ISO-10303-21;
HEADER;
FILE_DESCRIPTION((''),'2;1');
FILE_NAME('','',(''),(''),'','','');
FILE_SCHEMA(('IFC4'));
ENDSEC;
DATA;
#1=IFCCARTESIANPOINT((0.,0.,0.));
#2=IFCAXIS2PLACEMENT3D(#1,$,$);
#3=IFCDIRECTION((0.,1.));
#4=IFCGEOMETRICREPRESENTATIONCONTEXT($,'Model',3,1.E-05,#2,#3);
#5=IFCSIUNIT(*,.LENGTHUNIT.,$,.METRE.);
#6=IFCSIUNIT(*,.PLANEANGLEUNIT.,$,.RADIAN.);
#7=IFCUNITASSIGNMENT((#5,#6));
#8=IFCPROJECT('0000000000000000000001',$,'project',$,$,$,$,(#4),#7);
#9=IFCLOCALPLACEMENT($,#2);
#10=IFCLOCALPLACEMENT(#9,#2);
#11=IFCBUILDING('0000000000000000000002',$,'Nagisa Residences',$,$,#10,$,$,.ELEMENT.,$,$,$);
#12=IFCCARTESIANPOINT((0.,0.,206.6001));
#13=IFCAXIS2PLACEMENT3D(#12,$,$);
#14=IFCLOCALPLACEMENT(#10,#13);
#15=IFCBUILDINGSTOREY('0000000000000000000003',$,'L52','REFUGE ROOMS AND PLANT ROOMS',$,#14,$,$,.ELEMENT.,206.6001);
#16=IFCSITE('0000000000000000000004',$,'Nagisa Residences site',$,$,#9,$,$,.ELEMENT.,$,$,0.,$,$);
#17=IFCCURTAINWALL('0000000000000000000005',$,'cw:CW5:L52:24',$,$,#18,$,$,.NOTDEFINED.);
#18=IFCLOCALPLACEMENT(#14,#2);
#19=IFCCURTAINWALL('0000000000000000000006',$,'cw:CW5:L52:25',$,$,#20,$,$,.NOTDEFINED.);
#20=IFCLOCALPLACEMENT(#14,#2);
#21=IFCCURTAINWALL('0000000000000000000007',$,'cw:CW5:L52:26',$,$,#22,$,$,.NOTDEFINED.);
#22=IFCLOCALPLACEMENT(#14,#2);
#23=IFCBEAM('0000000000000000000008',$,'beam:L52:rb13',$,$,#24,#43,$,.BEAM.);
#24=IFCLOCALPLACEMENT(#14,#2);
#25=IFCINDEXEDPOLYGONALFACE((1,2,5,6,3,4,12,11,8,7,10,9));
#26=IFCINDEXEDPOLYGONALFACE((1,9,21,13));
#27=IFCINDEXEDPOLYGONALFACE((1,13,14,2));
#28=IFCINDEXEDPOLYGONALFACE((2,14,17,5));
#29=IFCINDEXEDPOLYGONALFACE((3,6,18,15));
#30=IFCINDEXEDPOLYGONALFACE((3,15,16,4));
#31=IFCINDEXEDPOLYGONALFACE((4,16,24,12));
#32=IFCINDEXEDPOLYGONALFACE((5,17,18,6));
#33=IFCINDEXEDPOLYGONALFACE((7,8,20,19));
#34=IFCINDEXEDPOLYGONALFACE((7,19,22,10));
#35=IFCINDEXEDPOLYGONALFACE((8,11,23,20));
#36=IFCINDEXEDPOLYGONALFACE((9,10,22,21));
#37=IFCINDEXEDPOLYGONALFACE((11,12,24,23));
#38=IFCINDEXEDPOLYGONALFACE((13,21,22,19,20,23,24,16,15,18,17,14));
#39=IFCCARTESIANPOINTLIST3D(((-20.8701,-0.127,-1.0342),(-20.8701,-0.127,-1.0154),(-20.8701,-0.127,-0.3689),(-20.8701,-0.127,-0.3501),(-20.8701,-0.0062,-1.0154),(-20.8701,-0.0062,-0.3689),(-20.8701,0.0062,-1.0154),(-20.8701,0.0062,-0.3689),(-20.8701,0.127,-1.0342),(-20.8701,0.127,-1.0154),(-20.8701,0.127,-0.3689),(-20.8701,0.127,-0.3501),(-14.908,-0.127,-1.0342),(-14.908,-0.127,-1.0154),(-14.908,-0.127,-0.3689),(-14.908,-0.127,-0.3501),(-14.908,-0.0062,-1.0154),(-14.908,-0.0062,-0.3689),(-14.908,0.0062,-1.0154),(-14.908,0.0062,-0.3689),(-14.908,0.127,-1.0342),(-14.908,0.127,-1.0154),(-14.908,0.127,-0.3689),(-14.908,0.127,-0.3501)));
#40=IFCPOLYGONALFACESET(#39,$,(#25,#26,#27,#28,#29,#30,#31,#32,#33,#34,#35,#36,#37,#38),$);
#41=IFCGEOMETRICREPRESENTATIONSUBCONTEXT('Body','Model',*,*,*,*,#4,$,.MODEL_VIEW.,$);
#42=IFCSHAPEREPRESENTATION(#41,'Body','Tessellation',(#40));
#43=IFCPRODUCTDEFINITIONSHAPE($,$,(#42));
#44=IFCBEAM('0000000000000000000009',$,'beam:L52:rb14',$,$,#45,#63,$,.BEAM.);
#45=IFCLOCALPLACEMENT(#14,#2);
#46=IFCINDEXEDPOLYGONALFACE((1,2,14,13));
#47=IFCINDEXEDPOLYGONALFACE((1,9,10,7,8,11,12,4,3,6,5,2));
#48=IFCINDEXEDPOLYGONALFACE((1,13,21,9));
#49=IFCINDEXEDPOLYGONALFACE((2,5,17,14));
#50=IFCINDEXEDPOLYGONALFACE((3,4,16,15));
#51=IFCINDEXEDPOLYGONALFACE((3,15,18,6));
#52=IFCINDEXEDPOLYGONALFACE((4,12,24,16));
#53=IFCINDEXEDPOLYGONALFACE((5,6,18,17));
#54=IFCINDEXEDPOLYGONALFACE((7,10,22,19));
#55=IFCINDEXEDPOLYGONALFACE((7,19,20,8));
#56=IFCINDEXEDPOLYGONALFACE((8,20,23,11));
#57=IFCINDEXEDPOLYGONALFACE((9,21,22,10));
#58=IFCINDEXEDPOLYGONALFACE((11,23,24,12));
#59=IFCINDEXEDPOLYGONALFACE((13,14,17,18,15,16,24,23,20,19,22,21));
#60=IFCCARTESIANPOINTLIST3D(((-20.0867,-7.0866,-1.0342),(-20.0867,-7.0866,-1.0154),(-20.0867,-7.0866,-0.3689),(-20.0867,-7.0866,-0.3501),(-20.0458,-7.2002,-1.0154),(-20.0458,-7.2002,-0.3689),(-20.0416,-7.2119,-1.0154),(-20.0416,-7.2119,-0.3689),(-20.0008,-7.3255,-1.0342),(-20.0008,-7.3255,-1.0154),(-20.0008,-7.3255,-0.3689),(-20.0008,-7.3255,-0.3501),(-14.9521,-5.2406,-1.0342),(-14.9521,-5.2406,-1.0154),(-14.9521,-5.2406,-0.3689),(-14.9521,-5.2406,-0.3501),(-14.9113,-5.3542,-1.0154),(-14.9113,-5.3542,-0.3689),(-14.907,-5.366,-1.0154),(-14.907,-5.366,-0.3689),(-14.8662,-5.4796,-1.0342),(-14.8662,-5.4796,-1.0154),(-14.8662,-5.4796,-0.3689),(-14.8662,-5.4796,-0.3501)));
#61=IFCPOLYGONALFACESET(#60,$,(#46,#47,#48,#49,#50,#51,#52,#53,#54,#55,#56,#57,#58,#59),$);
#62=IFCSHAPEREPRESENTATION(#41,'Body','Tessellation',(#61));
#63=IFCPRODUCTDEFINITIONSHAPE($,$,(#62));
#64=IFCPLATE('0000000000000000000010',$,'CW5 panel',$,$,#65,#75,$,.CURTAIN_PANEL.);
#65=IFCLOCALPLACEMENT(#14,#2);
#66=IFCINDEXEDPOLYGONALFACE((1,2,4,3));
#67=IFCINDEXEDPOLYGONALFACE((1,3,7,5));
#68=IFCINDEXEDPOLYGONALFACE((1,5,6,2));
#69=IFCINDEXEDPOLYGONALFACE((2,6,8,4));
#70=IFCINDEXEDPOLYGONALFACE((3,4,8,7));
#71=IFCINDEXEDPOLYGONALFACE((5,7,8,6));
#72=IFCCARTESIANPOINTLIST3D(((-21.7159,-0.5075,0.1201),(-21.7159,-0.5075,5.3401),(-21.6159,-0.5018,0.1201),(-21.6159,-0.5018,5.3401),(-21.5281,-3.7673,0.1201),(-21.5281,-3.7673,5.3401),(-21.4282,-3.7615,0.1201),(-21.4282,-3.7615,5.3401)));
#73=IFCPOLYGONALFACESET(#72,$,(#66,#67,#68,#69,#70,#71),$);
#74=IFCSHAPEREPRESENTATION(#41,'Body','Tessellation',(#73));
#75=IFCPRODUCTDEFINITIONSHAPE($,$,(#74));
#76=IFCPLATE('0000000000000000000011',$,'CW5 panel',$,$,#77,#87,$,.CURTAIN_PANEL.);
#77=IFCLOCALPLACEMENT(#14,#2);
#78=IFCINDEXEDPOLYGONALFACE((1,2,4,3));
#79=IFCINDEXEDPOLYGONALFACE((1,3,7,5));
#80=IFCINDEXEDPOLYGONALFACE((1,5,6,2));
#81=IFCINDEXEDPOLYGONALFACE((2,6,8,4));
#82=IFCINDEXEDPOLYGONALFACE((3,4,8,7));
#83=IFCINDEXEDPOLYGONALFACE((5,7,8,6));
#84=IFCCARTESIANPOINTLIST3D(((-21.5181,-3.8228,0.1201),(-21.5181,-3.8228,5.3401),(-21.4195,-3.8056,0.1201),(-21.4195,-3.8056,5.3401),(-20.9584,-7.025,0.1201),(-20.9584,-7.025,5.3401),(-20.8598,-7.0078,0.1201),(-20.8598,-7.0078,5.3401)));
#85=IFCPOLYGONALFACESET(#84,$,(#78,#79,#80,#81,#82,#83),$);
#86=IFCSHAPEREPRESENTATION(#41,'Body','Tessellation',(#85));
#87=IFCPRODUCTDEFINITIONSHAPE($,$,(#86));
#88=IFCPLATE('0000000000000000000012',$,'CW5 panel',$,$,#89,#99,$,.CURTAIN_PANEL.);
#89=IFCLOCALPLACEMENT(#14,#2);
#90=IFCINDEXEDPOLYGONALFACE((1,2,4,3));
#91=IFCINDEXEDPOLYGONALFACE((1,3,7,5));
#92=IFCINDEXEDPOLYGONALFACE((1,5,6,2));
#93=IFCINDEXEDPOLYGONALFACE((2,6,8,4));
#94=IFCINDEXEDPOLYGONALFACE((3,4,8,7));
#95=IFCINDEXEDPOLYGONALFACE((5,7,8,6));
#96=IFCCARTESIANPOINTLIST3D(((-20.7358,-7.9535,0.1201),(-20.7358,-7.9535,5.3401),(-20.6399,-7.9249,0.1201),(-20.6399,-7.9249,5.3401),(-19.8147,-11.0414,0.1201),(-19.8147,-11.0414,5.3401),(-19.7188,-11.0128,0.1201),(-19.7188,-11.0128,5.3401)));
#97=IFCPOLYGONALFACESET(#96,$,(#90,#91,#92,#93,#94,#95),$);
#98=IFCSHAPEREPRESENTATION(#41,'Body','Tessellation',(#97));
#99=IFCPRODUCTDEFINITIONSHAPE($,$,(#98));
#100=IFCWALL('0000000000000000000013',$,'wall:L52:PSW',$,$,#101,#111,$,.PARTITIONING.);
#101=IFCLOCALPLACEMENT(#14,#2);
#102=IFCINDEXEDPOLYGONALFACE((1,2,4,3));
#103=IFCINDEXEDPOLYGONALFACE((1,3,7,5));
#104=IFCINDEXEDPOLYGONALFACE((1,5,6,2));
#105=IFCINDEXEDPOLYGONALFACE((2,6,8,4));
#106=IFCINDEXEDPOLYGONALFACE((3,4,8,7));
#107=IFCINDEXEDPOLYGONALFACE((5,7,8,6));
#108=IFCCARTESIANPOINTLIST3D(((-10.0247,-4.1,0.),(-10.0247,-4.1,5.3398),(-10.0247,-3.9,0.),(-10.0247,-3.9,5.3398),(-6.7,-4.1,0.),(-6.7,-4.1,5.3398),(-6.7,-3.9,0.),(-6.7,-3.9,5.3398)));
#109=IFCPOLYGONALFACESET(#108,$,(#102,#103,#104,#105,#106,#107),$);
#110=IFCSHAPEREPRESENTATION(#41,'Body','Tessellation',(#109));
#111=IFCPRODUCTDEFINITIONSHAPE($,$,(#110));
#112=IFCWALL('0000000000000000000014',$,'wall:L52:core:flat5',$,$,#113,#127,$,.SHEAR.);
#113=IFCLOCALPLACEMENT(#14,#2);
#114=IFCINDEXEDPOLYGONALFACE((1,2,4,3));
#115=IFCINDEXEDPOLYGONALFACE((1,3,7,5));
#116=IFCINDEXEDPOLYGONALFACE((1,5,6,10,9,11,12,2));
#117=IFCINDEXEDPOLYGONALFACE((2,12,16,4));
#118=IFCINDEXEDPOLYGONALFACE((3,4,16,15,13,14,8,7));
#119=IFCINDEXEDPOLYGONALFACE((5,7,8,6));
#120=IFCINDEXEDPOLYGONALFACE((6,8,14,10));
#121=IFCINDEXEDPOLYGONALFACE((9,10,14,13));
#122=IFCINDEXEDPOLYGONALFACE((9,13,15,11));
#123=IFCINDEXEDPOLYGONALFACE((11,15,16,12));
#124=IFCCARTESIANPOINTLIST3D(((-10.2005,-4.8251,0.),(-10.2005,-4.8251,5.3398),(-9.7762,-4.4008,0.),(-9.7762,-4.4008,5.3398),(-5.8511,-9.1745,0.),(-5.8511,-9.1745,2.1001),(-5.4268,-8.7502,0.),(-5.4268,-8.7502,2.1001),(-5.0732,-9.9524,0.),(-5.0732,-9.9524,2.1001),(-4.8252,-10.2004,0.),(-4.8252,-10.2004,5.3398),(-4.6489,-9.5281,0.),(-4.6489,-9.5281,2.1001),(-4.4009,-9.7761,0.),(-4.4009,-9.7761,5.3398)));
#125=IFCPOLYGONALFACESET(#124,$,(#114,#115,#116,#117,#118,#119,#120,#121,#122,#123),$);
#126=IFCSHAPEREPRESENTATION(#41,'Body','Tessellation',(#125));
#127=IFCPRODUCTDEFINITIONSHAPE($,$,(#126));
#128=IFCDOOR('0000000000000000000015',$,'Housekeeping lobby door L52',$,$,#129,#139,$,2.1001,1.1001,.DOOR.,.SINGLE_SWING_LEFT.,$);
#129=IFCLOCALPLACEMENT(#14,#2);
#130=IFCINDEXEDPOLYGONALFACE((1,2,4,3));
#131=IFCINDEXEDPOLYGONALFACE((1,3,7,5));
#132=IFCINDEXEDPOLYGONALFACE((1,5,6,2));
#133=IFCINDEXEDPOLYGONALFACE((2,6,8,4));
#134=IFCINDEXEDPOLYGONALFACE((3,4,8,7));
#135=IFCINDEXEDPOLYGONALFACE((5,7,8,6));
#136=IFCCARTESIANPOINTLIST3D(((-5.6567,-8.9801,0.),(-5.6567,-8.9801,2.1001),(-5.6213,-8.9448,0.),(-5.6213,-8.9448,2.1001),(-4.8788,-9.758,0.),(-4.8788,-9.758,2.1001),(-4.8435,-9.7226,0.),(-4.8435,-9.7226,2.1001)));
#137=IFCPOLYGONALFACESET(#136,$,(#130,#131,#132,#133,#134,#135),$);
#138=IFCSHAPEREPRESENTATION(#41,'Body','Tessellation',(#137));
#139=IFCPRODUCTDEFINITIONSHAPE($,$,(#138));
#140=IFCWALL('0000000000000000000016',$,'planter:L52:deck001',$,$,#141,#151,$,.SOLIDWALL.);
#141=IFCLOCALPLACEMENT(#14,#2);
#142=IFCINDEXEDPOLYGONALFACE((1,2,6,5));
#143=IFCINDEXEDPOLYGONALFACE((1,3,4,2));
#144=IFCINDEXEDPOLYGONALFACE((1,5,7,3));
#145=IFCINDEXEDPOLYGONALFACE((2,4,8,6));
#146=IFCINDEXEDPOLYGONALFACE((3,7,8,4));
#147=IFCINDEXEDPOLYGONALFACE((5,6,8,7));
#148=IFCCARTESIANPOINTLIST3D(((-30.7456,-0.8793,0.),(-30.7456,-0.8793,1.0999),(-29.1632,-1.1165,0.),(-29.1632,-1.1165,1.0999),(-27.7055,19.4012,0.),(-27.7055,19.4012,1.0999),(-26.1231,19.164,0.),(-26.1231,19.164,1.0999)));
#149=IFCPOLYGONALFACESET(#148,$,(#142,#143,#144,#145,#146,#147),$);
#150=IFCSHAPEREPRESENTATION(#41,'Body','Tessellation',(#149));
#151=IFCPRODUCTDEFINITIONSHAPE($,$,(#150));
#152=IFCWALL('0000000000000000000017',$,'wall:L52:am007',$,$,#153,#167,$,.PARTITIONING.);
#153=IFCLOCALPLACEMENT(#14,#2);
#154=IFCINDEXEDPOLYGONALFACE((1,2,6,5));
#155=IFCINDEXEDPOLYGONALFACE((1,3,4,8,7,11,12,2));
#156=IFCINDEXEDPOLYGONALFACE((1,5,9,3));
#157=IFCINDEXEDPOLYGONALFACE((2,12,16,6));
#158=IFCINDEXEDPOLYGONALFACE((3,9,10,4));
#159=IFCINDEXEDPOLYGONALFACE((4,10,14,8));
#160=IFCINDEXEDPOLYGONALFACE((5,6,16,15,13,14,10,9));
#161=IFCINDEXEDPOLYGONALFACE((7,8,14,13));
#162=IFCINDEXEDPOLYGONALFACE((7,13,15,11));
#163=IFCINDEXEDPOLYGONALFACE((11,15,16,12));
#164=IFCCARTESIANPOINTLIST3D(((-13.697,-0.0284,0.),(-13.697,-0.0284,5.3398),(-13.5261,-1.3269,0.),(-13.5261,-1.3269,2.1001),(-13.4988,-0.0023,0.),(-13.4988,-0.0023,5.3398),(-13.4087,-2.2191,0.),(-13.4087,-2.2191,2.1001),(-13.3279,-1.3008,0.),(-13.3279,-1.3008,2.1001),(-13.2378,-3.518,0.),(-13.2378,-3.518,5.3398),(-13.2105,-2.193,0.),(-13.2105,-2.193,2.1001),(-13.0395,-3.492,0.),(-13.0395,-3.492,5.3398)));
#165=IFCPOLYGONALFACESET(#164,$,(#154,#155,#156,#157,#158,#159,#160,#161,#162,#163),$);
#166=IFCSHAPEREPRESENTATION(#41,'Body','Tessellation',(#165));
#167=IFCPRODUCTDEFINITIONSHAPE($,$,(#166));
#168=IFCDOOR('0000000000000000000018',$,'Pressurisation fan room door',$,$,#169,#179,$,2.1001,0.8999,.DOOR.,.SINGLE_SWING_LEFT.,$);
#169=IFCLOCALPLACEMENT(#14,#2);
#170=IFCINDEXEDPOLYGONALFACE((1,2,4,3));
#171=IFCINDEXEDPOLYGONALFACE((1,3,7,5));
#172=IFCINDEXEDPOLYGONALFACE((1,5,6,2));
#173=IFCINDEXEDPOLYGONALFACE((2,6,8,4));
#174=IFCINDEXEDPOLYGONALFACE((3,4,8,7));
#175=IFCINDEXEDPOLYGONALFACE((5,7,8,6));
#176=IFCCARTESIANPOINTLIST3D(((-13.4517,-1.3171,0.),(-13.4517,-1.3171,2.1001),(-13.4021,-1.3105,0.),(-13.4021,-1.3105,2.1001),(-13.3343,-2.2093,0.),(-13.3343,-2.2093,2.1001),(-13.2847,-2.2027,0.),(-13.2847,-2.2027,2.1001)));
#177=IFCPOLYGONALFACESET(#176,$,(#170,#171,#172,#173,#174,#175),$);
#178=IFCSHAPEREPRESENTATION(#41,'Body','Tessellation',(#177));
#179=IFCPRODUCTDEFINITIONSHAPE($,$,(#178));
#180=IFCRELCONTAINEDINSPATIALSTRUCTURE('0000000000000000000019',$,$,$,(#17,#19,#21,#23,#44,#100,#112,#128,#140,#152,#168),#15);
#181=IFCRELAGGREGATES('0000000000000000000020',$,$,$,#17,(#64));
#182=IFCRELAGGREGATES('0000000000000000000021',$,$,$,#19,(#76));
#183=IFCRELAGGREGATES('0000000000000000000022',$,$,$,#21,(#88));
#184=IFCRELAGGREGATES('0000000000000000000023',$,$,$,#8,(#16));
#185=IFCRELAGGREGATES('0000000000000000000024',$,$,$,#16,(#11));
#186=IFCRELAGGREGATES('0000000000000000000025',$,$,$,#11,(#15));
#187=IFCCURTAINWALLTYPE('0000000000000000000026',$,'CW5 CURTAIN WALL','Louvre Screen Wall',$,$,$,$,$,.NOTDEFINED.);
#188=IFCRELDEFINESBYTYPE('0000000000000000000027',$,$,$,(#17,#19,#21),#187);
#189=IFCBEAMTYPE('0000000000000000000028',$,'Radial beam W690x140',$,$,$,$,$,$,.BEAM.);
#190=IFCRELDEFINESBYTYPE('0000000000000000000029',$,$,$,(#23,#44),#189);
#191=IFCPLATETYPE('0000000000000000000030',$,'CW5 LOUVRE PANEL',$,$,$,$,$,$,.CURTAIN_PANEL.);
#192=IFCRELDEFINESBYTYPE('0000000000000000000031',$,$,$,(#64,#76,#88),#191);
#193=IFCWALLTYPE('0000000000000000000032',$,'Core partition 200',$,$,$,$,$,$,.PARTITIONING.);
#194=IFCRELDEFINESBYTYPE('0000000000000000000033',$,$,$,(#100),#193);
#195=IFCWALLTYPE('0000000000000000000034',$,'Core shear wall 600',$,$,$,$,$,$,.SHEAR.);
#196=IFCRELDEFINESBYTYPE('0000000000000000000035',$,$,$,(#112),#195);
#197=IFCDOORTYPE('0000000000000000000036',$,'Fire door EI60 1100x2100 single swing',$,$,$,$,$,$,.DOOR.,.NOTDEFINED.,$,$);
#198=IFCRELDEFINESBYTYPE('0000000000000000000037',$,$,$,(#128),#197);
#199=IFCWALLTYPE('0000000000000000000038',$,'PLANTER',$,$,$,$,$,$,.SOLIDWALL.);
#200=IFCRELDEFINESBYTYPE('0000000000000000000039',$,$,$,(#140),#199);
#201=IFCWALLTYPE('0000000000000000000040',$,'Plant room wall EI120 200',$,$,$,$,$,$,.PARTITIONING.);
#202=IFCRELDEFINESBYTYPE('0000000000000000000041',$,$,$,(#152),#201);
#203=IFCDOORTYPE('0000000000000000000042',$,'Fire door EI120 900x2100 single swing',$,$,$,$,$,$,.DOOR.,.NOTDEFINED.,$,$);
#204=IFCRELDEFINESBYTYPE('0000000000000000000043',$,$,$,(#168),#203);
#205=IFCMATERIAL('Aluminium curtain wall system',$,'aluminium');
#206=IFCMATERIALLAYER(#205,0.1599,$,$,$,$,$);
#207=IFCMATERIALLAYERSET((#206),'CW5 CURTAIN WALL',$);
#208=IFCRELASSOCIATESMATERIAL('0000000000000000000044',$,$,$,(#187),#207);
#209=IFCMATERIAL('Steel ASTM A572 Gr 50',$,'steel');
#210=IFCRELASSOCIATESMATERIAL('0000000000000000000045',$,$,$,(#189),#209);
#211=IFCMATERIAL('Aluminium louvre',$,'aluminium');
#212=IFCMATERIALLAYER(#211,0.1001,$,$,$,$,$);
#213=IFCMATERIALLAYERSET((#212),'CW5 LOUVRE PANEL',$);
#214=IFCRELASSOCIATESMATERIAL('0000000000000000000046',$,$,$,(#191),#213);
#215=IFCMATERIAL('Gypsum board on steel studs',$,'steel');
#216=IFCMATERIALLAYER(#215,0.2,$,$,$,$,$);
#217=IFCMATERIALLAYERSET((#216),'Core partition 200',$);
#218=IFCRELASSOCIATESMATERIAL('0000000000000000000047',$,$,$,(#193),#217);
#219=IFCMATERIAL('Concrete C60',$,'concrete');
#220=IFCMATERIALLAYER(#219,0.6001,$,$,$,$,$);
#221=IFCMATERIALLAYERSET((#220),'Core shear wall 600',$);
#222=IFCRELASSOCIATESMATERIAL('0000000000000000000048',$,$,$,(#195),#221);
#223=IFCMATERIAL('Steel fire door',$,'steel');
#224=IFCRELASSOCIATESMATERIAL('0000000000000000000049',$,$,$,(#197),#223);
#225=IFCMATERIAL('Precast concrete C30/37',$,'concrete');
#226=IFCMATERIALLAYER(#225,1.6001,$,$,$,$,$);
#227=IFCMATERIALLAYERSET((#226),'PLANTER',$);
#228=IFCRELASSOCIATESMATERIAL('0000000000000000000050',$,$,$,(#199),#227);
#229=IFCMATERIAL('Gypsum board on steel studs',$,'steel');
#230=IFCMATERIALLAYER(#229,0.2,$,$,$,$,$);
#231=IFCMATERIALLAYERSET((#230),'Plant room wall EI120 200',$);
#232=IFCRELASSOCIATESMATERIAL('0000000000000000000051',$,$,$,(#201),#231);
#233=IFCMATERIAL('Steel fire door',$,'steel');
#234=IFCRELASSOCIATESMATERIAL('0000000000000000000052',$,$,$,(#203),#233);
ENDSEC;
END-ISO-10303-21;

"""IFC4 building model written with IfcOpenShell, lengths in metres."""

from ifc_helpers import new_model, si_unit, direction, frame, frame_2d, origin, origin_2d, place, context, subcontext, project, spatial, rectangle, i_section, extrude, material, layer, layer_set, material_profile, profile_set, type_object, element, fill, aggregate, save


model = new_model("IFC4")

# Units and contexts
model_context = context("Model", 3, precision=1e-05, world=origin(), true_north=direction((0.0, 1.0)))
body_context = subcontext(model_context, "Body", "Model", "MODEL_VIEW")
ifc_project = project(units=[si_unit("LENGTHUNIT", "METRE"), si_unit("PLANEANGLEUNIT", "RADIAN")], contexts=[model_context])

# Site, building, storey
site_placement = place(None, origin())
site = spatial("IfcSite", under=ifc_project, at=site_placement, Name="Nagisa Residences site", CompositionType="ELEMENT", RefElevation=0.0)
building_placement = place(site_placement, origin())
building = spatial("IfcBuilding", under=site, at=building_placement, Name="Nagisa Residences", CompositionType="ELEMENT")
storey_placement = place(building_placement, frame((0.0, 0.0, 206.6001)))
storey = spatial("IfcBuildingStorey", under=building, at=storey_placement, Name="L52", Description="REFUGE ROOMS AND PLANT ROOMS", CompositionType="ELEMENT", Elevation=206.6001)

# Curtain walls
ifc_material_1 = material(Name="Aluminium curtain wall system", Category="aluminium")
ifc_layer_1 = layer(ifc_material_1, 0.1599)
ifc_layer_set_1 = layer_set([ifc_layer_1], Name="CW5 CURTAIN WALL")
curtain_wall_type = type_object("IfcCurtainWallType", Name="CW5 CURTAIN WALL", Description="Louvre Screen Wall", PredefinedType="NOTDEFINED", material=ifc_layer_set_1)
curtain_wall_1_placement = place(storey_placement, origin())
curtain_wall_1 = element("IfcCurtainWall", 1, at=curtain_wall_1_placement, inside=storey, type_object=curtain_wall_type, Name="cw:CW5:L52:24", PredefinedType="NOTDEFINED")
curtain_wall_2_placement = place(storey_placement, origin())
curtain_wall_2 = element("IfcCurtainWall", 2, at=curtain_wall_2_placement, inside=storey, type_object=curtain_wall_type, Name="cw:CW5:L52:25", PredefinedType="NOTDEFINED")
curtain_wall_3_placement = place(storey_placement, origin())
curtain_wall_3 = element("IfcCurtainWall", 3, at=curtain_wall_3_placement, inside=storey, type_object=curtain_wall_type, Name="cw:CW5:L52:26", PredefinedType="NOTDEFINED")

# Beams
ifc_material_2 = material(Name="Steel ASTM A572 Gr 50", Category="steel")
ifc_material_profile_1 = material_profile(ifc_material_2, i_section(OverallWidth=0.2539, OverallDepth=0.6841, WebThickness=0.0125, FlangeThickness=0.0188, at=origin_2d()), Name="W690x140")
ifc_profile_set_1 = profile_set([ifc_material_profile_1], Name="Steel ASTM A572 Gr 50")
beam_type_1 = type_object("IfcBeamType", Name="Radial beam W690x140", PredefinedType="BEAM", material=ifc_profile_set_1)
beam_1_placement = place(storey_placement, frame((-20.8701, 0.0, -0.6921), z_axis=(1.0, 0.0, 0.0), x_axis=(0.0, 1.0, 0.0)))
element("IfcBeam", 4, at=beam_1_placement, inside=storey, type_object=beam_type_1, Name="beam:L52:rb13", PredefinedType="BEAM", context=body_context, shape_type="SweptSolid", body=[
    extrude(i_section(OverallWidth=0.2539, OverallDepth=0.6841, WebThickness=0.0125, FlangeThickness=0.0188, at=origin_2d()), origin(), (0.0, 0.0, 1.0), 5.9622),
])
beam_2_placement = place(storey_placement, frame((-20.0437, -7.2061, -0.6921), z_axis=(0.941032, 0.338317, 0.0), x_axis=(-0.338317, 0.941032, 0.0)))
element("IfcBeam", 5, at=beam_2_placement, inside=storey, type_object=beam_type_1, Name="beam:L52:rb14", PredefinedType="BEAM", context=body_context, shape_type="SweptSolid", body=[
    extrude(i_section(OverallWidth=0.2539, OverallDepth=0.6841, WebThickness=0.0125, FlangeThickness=0.0188, at=origin_2d()), origin(), (0.0, 0.0, 1.0), 5.4563),
])

# Plates
ifc_material_3 = material(Name="Aluminium louvre", Category="aluminium")
ifc_layer_2 = layer(ifc_material_3, 0.1001)
ifc_layer_set_2 = layer_set([ifc_layer_2], Name="CW5 LOUVRE PANEL")
plate_type = type_object("IfcPlateType", Name="CW5 LOUVRE PANEL", PredefinedType="CURTAIN_PANEL", material=ifc_layer_set_2)
plate_1_placement = place(storey_placement, frame((-21.572, -2.1345, 0.1201), z_axis=(0.0, 0.0, 1.0), x_axis=(0.057503, -0.998345, 0.0)))
plate_1 = element("IfcPlate", 6, at=plate_1_placement, type_object=plate_type, Name="CW5 panel", PredefinedType="CURTAIN_PANEL", context=body_context, shape_type="SweptSolid", body=[
    extrude(rectangle(XDim=3.2651, YDim=0.1001, at=origin_2d()), origin(), (0.0, 0.0, 1.0), 5.22),
])
aggregate(curtain_wall_1, [plate_1])
plate_2_placement = place(storey_placement, frame((-21.189, -5.4153, 0.1201), z_axis=(0.0, 0.0, 1.0), x_axis=(0.172191, -0.985064, 0.0)))
plate_2 = element("IfcPlate", 7, at=plate_2_placement, type_object=plate_type, Name="CW5 panel", PredefinedType="CURTAIN_PANEL", context=body_context, shape_type="SweptSolid", body=[
    extrude(rectangle(XDim=3.2507, YDim=0.1001, at=origin_2d()), origin(), (0.0, 0.0, 1.0), 5.22),
])
aggregate(curtain_wall_2, [plate_2])
plate_3_placement = place(storey_placement, frame((-20.2273, -9.4832, 0.1201), z_axis=(0.0, 0.0, 1.0), x_axis=(0.28586, -0.958271, 0.0)))
plate_3 = element("IfcPlate", 8, at=plate_3_placement, type_object=plate_type, Name="CW5 panel", PredefinedType="CURTAIN_PANEL", context=body_context, shape_type="SweptSolid", body=[
    extrude(rectangle(XDim=3.2224, YDim=0.1001, at=origin_2d()), origin(), (0.0, 0.0, 1.0), 5.22),
])
aggregate(curtain_wall_3, [plate_3])

# Wall
ifc_material_4 = material(Name="Gypsum board on steel studs", Category="steel")
ifc_layer_3 = layer(ifc_material_4, 0.2)
ifc_layer_set_3 = layer_set([ifc_layer_3], Name="Core partition 200")
wall_type_1 = type_object("IfcWallType", Name="Core partition 200", PredefinedType="PARTITIONING", material=ifc_layer_set_3)
wall_1_placement = place(storey_placement, frame((-10.0247, -4.0, 0.0), z_axis=(0.0, 0.0, 1.0), x_axis=(1.0, 0.0, 0.0)))
element("IfcWall", 9, at=wall_1_placement, inside=storey, type_object=wall_type_1, Name="wall:L52:PSW", PredefinedType="PARTITIONING", context=body_context, shape_type="SweptSolid", body=[
    extrude(rectangle(XDim=3.3247, YDim=0.2, at=frame_2d((1.6624, 0.0))), origin(), (0.0, 0.0, 1.0), 5.3398),
])

# Wall, opening, door
ifc_material_5 = material(Name="Concrete C60", Category="concrete")
ifc_layer_4 = layer(ifc_material_5, 0.6001)
ifc_layer_set_4 = layer_set([ifc_layer_4], Name="Core shear wall 600")
wall_type_2 = type_object("IfcWallType", Name="Core shear wall 600", PredefinedType="SHEAR", material=ifc_layer_set_4)
wall_2_placement = place(storey_placement, frame((-9.9883, -4.613, 0.0), z_axis=(0.0, 0.0, 1.0), x_axis=(0.707107, -0.707107, 0.0)))
wall_2 = element("IfcWall", 10, at=wall_2_placement, inside=storey, type_object=wall_type_2, Name="wall:L52:core:flat5", PredefinedType="SHEAR", context=body_context, shape_type="SweptSolid", body=[
    extrude(rectangle(XDim=7.6018, YDim=0.6001, at=frame_2d((3.8008, 0.0))), origin(), (0.0, 0.0, 1.0), 5.3398),
])
opening_1_placement = place(wall_2_placement, frame((6.1509, 0.0, 0.0)))
opening_1 = element("IfcOpeningElement", 11, at=opening_1_placement, cuts=wall_2, PredefinedType="OPENING", context=body_context, shape_type="SweptSolid", body=[
    extrude(rectangle(XDim=1.1001, YDim=2.1001, at=frame_2d((0.55, 1.05))), frame((0.0, 0.3101, 0.0), z_axis=(0.0, -1.0, 0.0), x_axis=(1.0, 0.0, 0.0)), (0.0, 0.0, 1.0), 0.6201),
])
ifc_material_6 = material(Name="Steel fire door", Category="steel")
door_type_1 = type_object("IfcDoorType", Name="Fire door EI60 1100x2100 single swing", OperationType="NOTDEFINED", PredefinedType="DOOR", material=ifc_material_6)
door_1_placement = place(opening_1_placement, origin())
door_1 = element("IfcDoor", 12, at=door_1_placement, inside=storey, type_object=door_type_1, Name="Housekeeping lobby door L52", OperationType="SINGLE_SWING_LEFT", OverallHeight=2.1001, OverallWidth=1.1001, PredefinedType="DOOR", context=body_context, shape_type="SweptSolid", body=[
    extrude(rectangle(XDim=1.1001, YDim=2.1001, at=frame_2d((0.55, 1.05))), frame((0.0, 0.0249, 0.0), z_axis=(0.0, -1.0, 0.0), x_axis=(1.0, 0.0, 0.0)), (0.0, 0.0, 1.0), 0.05),
])
fill(opening_1, door_1)

# Wall
ifc_material_7 = material(Name="Precast concrete C30/37", Category="concrete")
ifc_layer_5 = layer(ifc_material_7, 1.6001)
ifc_layer_set_5 = layer_set([ifc_layer_5], Name="PLANTER")
wall_type_3 = type_object("IfcWallType", Name="PLANTER", PredefinedType="SOLIDWALL", material=ifc_layer_set_5)
wall_3_placement = place(storey_placement, frame((-29.9543, -0.9978, 0.0), z_axis=(0.0, 0.0, 1.0), x_axis=(0.148243, 0.988951, 0.0)))
element("IfcWall", 13, at=wall_3_placement, inside=storey, type_object=wall_type_3, Name="planter:L52:deck001", PredefinedType="SOLIDWALL", context=body_context, shape_type="SweptSolid", body=[
    extrude(rectangle(XDim=20.5071, YDim=1.6001, at=frame_2d((10.2534, 0.0))), origin(), (0.0, 0.0, 1.0), 1.0999),
])

# Wall, opening, door
ifc_material_8 = material(Name="Gypsum board on steel studs", Category="steel")
ifc_layer_6 = layer(ifc_material_8, 0.2)
ifc_layer_set_6 = layer_set([ifc_layer_6], Name="Plant room wall EI120 200")
wall_type_4 = type_object("IfcWallType", Name="Plant room wall EI120 200", PredefinedType="PARTITIONING", material=ifc_layer_set_6)
wall_4_placement = place(storey_placement, frame((-13.1387, -3.5049, 0.0), z_axis=(0.0, 0.0, 1.0), x_axis=(-0.130469, 0.991452, 0.0)))
wall_4 = element("IfcWall", 14, at=wall_4_placement, inside=storey, type_object=wall_type_4, Name="wall:L52:am007", PredefinedType="PARTITIONING", context=body_context, shape_type="SweptSolid", body=[
    extrude(rectangle(XDim=3.5198, YDim=0.2, at=frame_2d((1.7598, 0.0))), origin(), (0.0, 0.0, 1.0), 5.3398),
])
opening_2_placement = place(wall_4_placement, frame((1.3101, 0.0, 0.0)))
opening_2 = element("IfcOpeningElement", 15, at=opening_2_placement, cuts=wall_4, PredefinedType="OPENING", context=body_context, shape_type="SweptSolid", body=[
    extrude(rectangle(XDim=0.8999, YDim=2.1001, at=frame_2d((0.45, 1.05))), frame((0.0, 0.1099, 0.0), z_axis=(0.0, -1.0, 0.0), x_axis=(1.0, 0.0, 0.0)), (0.0, 0.0, 1.0), 0.22),
])
ifc_material_9 = material(Name="Steel fire door", Category="steel")
door_type_2 = type_object("IfcDoorType", Name="Fire door EI120 900x2100 single swing", OperationType="NOTDEFINED", PredefinedType="DOOR", material=ifc_material_9)
door_2_placement = place(opening_2_placement, origin())
door_2 = element("IfcDoor", 16, at=door_2_placement, inside=storey, type_object=door_type_2, Name="Pressurisation fan room door", OperationType="SINGLE_SWING_LEFT", OverallHeight=2.1001, OverallWidth=0.8999, PredefinedType="DOOR", context=body_context, shape_type="SweptSolid", body=[
    extrude(rectangle(XDim=0.8999, YDim=2.1001, at=frame_2d((0.45, 1.05))), frame((0.0, 0.0249, 0.0), z_axis=(0.0, -1.0, 0.0), x_axis=(1.0, 0.0, 0.0)), (0.0, 0.0, 1.0), 0.05),
])
fill(opening_2, door_2)

save(model, "model.ifc")
